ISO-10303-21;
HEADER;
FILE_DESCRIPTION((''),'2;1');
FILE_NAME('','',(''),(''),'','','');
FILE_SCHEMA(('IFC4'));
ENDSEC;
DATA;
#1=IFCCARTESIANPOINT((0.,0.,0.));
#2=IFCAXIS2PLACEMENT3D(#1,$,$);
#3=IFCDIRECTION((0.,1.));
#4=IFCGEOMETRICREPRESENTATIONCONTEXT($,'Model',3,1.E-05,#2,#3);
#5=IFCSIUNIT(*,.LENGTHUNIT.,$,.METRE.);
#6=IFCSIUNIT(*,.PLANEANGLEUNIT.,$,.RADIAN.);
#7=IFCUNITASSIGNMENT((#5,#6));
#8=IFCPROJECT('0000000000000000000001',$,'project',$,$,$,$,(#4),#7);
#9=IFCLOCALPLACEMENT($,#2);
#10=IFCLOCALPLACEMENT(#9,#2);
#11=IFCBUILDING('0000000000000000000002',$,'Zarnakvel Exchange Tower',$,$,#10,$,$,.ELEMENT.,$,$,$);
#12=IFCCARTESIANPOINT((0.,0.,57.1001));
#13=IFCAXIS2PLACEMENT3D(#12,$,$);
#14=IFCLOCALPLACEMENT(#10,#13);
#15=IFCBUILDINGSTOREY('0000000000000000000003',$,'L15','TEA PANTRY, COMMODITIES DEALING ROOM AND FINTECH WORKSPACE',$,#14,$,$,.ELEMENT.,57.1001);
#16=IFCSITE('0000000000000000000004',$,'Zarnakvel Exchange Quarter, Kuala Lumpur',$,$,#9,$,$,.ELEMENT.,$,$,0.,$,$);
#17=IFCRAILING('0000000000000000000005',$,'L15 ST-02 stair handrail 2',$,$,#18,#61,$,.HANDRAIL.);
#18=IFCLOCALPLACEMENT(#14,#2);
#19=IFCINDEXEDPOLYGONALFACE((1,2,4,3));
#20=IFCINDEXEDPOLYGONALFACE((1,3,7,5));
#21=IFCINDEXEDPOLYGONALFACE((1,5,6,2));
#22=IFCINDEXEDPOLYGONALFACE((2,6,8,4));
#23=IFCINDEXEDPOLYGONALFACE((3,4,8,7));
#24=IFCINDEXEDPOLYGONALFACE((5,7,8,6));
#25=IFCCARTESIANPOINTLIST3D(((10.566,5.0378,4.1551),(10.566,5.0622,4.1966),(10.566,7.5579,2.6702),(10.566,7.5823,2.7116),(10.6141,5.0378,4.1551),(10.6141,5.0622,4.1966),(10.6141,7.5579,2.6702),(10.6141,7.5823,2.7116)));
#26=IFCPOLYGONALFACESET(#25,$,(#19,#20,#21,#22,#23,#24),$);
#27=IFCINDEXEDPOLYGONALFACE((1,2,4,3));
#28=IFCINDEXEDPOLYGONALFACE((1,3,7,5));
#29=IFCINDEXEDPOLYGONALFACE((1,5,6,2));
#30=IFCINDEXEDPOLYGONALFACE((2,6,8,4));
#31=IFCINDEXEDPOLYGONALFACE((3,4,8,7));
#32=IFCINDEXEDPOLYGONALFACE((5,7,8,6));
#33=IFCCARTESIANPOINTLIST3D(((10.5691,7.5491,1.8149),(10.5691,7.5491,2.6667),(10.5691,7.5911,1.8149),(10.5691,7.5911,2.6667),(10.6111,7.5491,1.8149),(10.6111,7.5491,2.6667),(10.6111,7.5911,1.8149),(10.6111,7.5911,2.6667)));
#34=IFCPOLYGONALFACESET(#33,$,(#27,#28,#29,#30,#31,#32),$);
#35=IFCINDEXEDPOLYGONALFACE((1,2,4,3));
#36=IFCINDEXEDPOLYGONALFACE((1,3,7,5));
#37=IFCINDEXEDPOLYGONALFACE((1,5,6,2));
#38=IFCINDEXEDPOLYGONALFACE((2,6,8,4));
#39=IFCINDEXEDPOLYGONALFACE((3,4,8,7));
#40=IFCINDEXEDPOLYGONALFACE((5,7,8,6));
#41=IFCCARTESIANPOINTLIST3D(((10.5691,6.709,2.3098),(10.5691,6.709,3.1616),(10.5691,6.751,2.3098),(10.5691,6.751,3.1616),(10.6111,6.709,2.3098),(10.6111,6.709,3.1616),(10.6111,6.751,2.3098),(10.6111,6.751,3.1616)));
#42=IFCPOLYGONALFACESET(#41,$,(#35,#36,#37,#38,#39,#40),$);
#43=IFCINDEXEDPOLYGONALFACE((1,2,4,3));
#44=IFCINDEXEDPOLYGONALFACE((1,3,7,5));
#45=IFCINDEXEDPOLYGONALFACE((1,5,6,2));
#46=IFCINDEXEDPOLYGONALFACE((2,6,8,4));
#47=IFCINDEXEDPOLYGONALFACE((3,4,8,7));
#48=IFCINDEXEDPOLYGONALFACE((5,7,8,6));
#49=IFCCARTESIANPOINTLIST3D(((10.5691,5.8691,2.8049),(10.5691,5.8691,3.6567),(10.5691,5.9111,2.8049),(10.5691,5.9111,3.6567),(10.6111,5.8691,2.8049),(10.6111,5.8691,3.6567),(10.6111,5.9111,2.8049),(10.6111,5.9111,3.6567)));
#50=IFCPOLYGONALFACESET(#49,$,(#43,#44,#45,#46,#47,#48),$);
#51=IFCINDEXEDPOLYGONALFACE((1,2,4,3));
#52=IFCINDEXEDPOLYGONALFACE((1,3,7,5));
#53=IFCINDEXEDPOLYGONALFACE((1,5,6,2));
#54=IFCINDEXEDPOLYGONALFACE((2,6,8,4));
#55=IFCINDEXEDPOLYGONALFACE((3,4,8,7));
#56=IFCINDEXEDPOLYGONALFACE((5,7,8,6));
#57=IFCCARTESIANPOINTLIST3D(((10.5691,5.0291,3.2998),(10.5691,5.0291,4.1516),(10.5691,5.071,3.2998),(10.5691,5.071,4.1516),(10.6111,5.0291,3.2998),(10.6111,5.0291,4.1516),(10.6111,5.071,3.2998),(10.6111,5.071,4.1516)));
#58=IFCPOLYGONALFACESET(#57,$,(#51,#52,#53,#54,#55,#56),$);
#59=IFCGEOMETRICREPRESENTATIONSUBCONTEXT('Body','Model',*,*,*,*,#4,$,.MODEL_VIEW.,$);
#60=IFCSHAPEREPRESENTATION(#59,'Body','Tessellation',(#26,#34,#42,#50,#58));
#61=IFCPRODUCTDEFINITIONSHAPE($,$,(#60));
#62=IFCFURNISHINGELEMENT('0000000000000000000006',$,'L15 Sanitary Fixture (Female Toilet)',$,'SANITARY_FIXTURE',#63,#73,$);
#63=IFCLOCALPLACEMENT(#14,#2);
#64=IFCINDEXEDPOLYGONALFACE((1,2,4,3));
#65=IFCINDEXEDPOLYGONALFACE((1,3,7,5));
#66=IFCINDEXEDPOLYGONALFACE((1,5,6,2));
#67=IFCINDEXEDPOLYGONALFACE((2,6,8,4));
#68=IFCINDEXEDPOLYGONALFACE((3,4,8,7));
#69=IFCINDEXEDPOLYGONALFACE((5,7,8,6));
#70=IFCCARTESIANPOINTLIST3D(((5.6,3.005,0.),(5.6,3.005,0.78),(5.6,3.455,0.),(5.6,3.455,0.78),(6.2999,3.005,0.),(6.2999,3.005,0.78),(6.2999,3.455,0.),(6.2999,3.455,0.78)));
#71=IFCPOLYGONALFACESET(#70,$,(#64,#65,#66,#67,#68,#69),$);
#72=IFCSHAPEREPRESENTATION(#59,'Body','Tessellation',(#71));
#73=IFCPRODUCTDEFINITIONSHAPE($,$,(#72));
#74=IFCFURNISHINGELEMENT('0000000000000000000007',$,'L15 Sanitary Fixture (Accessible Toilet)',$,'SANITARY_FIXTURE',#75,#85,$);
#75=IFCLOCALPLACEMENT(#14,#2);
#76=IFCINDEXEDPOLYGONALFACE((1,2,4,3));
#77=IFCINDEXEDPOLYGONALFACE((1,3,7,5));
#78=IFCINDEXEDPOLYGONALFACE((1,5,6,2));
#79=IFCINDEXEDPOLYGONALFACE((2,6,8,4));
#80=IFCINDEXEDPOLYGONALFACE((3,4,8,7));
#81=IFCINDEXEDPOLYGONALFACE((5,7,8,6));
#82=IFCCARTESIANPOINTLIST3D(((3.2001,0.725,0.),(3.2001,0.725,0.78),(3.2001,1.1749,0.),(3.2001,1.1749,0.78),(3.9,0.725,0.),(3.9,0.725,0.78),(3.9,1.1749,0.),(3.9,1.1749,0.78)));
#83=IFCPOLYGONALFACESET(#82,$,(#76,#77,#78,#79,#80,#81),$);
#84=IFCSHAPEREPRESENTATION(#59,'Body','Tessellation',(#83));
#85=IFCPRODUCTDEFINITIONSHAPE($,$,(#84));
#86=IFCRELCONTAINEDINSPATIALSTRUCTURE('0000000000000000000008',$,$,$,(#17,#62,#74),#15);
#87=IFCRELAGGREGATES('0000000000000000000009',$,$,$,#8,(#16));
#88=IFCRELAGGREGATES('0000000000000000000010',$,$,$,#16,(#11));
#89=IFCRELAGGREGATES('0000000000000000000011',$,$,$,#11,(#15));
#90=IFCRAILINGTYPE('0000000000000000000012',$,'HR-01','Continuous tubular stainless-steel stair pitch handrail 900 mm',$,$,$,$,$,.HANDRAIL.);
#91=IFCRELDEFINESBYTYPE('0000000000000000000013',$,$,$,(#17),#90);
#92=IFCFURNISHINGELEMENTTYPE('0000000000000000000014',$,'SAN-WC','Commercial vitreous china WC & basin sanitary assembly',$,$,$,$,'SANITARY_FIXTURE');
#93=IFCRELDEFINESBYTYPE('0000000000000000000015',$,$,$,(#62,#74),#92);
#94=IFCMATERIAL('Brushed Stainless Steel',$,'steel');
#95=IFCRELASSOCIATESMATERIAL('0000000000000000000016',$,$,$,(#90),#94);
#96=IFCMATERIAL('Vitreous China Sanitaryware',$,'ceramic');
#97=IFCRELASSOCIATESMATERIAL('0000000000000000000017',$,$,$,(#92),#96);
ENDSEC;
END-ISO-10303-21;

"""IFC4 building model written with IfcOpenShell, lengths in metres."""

from ifc_helpers import new_model, si_unit, direction, frame, origin, origin_2d, place, context, subcontext, project, spatial, rectangle, extrude, source, transform, mapped, material, type_object, element, save


model = new_model("IFC4")

# Units and contexts
model_context = context("Model", 3, precision=1e-05, world=origin(), true_north=direction((0.0, 1.0)))
body_context = subcontext(model_context, "Body", "Model", "MODEL_VIEW")
ifc_project = project(units=[si_unit("LENGTHUNIT", "METRE"), si_unit("PLANEANGLEUNIT", "RADIAN")], contexts=[model_context])

# Site, building, storey
site_placement = place(None, origin())
site = spatial("IfcSite", under=ifc_project, at=site_placement, Name="Zarnakvel Exchange Quarter, Kuala Lumpur", CompositionType="ELEMENT", RefElevation=0.0)
building_placement = place(site_placement, origin())
building = spatial("IfcBuilding", under=site, at=building_placement, Name="Zarnakvel Exchange Tower", CompositionType="ELEMENT")
storey_placement = place(building_placement, frame((0.0, 0.0, 57.1001)))
storey = spatial("IfcBuildingStorey", under=building, at=storey_placement, Name="L15", Description="TEA PANTRY, COMMODITIES DEALING ROOM AND FINTECH WORKSPACE", CompositionType="ELEMENT", Elevation=57.1001)

# Shared definitions
ifc_material_1 = material(Name="Brushed Stainless Steel", Category="steel")

# Railing
railing_type = type_object("IfcRailingType", Name="HR-01", Description="Continuous tubular stainless-steel stair pitch handrail 900 mm", PredefinedType="HANDRAIL", material=ifc_material_1)
railing_placement = place(storey_placement, frame((10.5901, 7.5701, 1.8149)))
element("IfcRailing", 1, at=railing_placement, inside=storey, type_object=railing_type, Name="L15 ST-02 stair handrail 2", PredefinedType="HANDRAIL", context=body_context, shape_type="SweptSolid", body=[
    extrude(rectangle(XDim=0.0481, YDim=0.0481, at=origin_2d()), frame((0.0, 0.0, 0.876), z_axis=(0.0, -0.861561, 0.507655), x_axis=(1.0, 0.0, 0.0)), (0.0, 0.0, 1.0), 2.925),
    extrude(rectangle(XDim=0.042, YDim=0.042, at=origin_2d()), origin(), (0.0, 0.0, 1.0), 0.8518),
    extrude(rectangle(XDim=0.042, YDim=0.042, at=origin_2d()), frame((0.0, -0.8401, 0.4949)), (0.0, 0.0, 1.0), 0.8518),
    extrude(rectangle(XDim=0.042, YDim=0.042, at=origin_2d()), frame((0.0, -1.6799, 0.99)), (0.0, 0.0, 1.0), 0.8518),
    extrude(rectangle(XDim=0.042, YDim=0.042, at=origin_2d()), frame((0.0, -2.52, 1.4849)), (0.0, 0.0, 1.0), 0.8518),
])

# Furnishing elements
ifc_material_2 = material(Name="Vitreous China Sanitaryware", Category="ceramic")
furnishing_element_type = type_object("IfcFurnishingElementType", Name="SAN-WC", Description="Commercial vitreous china WC & basin sanitary assembly", ElementType="SANITARY_FIXTURE", material=ifc_material_2)
shared_shape_1 = source(origin(), body_context, "Body", "SweptSolid", [
    extrude(rectangle(XDim=0.7, YDim=0.45, at=origin_2d()), origin(), (0.0, 0.0, 1.0), 0.78),
])
for number, where, z_axis, x_axis, name in (
    (2, (5.95, 3.23, 0.0), (0.0, 0.0, 1.0), (1.0, 0.0, 0.0), "L15 Sanitary Fixture (Female Toilet)"),
    (3, (3.55, 0.95, 0.0), (0.0, 0.0, 1.0), (1.0, 0.0, 0.0), "L15 Sanitary Fixture (Accessible Toilet)"),
):
    element("IfcFurnishingElement", number, at=place(storey_placement, frame(where, z_axis=z_axis, x_axis=x_axis)), inside=storey, type_object=furnishing_element_type, Name=name, ObjectType="SANITARY_FIXTURE", context=body_context, shape_type="MappedRepresentation", body=[
        mapped(shared_shape_1, transform((0.0, 0.0, 0.0), x_axis=(1.0, 0.0, 0.0), y_axis=(0.0, 1.0, 0.0), z_axis=(0.0, 0.0, 1.0), scale=1.0)),
    ])

save(model, "model.ifc")
